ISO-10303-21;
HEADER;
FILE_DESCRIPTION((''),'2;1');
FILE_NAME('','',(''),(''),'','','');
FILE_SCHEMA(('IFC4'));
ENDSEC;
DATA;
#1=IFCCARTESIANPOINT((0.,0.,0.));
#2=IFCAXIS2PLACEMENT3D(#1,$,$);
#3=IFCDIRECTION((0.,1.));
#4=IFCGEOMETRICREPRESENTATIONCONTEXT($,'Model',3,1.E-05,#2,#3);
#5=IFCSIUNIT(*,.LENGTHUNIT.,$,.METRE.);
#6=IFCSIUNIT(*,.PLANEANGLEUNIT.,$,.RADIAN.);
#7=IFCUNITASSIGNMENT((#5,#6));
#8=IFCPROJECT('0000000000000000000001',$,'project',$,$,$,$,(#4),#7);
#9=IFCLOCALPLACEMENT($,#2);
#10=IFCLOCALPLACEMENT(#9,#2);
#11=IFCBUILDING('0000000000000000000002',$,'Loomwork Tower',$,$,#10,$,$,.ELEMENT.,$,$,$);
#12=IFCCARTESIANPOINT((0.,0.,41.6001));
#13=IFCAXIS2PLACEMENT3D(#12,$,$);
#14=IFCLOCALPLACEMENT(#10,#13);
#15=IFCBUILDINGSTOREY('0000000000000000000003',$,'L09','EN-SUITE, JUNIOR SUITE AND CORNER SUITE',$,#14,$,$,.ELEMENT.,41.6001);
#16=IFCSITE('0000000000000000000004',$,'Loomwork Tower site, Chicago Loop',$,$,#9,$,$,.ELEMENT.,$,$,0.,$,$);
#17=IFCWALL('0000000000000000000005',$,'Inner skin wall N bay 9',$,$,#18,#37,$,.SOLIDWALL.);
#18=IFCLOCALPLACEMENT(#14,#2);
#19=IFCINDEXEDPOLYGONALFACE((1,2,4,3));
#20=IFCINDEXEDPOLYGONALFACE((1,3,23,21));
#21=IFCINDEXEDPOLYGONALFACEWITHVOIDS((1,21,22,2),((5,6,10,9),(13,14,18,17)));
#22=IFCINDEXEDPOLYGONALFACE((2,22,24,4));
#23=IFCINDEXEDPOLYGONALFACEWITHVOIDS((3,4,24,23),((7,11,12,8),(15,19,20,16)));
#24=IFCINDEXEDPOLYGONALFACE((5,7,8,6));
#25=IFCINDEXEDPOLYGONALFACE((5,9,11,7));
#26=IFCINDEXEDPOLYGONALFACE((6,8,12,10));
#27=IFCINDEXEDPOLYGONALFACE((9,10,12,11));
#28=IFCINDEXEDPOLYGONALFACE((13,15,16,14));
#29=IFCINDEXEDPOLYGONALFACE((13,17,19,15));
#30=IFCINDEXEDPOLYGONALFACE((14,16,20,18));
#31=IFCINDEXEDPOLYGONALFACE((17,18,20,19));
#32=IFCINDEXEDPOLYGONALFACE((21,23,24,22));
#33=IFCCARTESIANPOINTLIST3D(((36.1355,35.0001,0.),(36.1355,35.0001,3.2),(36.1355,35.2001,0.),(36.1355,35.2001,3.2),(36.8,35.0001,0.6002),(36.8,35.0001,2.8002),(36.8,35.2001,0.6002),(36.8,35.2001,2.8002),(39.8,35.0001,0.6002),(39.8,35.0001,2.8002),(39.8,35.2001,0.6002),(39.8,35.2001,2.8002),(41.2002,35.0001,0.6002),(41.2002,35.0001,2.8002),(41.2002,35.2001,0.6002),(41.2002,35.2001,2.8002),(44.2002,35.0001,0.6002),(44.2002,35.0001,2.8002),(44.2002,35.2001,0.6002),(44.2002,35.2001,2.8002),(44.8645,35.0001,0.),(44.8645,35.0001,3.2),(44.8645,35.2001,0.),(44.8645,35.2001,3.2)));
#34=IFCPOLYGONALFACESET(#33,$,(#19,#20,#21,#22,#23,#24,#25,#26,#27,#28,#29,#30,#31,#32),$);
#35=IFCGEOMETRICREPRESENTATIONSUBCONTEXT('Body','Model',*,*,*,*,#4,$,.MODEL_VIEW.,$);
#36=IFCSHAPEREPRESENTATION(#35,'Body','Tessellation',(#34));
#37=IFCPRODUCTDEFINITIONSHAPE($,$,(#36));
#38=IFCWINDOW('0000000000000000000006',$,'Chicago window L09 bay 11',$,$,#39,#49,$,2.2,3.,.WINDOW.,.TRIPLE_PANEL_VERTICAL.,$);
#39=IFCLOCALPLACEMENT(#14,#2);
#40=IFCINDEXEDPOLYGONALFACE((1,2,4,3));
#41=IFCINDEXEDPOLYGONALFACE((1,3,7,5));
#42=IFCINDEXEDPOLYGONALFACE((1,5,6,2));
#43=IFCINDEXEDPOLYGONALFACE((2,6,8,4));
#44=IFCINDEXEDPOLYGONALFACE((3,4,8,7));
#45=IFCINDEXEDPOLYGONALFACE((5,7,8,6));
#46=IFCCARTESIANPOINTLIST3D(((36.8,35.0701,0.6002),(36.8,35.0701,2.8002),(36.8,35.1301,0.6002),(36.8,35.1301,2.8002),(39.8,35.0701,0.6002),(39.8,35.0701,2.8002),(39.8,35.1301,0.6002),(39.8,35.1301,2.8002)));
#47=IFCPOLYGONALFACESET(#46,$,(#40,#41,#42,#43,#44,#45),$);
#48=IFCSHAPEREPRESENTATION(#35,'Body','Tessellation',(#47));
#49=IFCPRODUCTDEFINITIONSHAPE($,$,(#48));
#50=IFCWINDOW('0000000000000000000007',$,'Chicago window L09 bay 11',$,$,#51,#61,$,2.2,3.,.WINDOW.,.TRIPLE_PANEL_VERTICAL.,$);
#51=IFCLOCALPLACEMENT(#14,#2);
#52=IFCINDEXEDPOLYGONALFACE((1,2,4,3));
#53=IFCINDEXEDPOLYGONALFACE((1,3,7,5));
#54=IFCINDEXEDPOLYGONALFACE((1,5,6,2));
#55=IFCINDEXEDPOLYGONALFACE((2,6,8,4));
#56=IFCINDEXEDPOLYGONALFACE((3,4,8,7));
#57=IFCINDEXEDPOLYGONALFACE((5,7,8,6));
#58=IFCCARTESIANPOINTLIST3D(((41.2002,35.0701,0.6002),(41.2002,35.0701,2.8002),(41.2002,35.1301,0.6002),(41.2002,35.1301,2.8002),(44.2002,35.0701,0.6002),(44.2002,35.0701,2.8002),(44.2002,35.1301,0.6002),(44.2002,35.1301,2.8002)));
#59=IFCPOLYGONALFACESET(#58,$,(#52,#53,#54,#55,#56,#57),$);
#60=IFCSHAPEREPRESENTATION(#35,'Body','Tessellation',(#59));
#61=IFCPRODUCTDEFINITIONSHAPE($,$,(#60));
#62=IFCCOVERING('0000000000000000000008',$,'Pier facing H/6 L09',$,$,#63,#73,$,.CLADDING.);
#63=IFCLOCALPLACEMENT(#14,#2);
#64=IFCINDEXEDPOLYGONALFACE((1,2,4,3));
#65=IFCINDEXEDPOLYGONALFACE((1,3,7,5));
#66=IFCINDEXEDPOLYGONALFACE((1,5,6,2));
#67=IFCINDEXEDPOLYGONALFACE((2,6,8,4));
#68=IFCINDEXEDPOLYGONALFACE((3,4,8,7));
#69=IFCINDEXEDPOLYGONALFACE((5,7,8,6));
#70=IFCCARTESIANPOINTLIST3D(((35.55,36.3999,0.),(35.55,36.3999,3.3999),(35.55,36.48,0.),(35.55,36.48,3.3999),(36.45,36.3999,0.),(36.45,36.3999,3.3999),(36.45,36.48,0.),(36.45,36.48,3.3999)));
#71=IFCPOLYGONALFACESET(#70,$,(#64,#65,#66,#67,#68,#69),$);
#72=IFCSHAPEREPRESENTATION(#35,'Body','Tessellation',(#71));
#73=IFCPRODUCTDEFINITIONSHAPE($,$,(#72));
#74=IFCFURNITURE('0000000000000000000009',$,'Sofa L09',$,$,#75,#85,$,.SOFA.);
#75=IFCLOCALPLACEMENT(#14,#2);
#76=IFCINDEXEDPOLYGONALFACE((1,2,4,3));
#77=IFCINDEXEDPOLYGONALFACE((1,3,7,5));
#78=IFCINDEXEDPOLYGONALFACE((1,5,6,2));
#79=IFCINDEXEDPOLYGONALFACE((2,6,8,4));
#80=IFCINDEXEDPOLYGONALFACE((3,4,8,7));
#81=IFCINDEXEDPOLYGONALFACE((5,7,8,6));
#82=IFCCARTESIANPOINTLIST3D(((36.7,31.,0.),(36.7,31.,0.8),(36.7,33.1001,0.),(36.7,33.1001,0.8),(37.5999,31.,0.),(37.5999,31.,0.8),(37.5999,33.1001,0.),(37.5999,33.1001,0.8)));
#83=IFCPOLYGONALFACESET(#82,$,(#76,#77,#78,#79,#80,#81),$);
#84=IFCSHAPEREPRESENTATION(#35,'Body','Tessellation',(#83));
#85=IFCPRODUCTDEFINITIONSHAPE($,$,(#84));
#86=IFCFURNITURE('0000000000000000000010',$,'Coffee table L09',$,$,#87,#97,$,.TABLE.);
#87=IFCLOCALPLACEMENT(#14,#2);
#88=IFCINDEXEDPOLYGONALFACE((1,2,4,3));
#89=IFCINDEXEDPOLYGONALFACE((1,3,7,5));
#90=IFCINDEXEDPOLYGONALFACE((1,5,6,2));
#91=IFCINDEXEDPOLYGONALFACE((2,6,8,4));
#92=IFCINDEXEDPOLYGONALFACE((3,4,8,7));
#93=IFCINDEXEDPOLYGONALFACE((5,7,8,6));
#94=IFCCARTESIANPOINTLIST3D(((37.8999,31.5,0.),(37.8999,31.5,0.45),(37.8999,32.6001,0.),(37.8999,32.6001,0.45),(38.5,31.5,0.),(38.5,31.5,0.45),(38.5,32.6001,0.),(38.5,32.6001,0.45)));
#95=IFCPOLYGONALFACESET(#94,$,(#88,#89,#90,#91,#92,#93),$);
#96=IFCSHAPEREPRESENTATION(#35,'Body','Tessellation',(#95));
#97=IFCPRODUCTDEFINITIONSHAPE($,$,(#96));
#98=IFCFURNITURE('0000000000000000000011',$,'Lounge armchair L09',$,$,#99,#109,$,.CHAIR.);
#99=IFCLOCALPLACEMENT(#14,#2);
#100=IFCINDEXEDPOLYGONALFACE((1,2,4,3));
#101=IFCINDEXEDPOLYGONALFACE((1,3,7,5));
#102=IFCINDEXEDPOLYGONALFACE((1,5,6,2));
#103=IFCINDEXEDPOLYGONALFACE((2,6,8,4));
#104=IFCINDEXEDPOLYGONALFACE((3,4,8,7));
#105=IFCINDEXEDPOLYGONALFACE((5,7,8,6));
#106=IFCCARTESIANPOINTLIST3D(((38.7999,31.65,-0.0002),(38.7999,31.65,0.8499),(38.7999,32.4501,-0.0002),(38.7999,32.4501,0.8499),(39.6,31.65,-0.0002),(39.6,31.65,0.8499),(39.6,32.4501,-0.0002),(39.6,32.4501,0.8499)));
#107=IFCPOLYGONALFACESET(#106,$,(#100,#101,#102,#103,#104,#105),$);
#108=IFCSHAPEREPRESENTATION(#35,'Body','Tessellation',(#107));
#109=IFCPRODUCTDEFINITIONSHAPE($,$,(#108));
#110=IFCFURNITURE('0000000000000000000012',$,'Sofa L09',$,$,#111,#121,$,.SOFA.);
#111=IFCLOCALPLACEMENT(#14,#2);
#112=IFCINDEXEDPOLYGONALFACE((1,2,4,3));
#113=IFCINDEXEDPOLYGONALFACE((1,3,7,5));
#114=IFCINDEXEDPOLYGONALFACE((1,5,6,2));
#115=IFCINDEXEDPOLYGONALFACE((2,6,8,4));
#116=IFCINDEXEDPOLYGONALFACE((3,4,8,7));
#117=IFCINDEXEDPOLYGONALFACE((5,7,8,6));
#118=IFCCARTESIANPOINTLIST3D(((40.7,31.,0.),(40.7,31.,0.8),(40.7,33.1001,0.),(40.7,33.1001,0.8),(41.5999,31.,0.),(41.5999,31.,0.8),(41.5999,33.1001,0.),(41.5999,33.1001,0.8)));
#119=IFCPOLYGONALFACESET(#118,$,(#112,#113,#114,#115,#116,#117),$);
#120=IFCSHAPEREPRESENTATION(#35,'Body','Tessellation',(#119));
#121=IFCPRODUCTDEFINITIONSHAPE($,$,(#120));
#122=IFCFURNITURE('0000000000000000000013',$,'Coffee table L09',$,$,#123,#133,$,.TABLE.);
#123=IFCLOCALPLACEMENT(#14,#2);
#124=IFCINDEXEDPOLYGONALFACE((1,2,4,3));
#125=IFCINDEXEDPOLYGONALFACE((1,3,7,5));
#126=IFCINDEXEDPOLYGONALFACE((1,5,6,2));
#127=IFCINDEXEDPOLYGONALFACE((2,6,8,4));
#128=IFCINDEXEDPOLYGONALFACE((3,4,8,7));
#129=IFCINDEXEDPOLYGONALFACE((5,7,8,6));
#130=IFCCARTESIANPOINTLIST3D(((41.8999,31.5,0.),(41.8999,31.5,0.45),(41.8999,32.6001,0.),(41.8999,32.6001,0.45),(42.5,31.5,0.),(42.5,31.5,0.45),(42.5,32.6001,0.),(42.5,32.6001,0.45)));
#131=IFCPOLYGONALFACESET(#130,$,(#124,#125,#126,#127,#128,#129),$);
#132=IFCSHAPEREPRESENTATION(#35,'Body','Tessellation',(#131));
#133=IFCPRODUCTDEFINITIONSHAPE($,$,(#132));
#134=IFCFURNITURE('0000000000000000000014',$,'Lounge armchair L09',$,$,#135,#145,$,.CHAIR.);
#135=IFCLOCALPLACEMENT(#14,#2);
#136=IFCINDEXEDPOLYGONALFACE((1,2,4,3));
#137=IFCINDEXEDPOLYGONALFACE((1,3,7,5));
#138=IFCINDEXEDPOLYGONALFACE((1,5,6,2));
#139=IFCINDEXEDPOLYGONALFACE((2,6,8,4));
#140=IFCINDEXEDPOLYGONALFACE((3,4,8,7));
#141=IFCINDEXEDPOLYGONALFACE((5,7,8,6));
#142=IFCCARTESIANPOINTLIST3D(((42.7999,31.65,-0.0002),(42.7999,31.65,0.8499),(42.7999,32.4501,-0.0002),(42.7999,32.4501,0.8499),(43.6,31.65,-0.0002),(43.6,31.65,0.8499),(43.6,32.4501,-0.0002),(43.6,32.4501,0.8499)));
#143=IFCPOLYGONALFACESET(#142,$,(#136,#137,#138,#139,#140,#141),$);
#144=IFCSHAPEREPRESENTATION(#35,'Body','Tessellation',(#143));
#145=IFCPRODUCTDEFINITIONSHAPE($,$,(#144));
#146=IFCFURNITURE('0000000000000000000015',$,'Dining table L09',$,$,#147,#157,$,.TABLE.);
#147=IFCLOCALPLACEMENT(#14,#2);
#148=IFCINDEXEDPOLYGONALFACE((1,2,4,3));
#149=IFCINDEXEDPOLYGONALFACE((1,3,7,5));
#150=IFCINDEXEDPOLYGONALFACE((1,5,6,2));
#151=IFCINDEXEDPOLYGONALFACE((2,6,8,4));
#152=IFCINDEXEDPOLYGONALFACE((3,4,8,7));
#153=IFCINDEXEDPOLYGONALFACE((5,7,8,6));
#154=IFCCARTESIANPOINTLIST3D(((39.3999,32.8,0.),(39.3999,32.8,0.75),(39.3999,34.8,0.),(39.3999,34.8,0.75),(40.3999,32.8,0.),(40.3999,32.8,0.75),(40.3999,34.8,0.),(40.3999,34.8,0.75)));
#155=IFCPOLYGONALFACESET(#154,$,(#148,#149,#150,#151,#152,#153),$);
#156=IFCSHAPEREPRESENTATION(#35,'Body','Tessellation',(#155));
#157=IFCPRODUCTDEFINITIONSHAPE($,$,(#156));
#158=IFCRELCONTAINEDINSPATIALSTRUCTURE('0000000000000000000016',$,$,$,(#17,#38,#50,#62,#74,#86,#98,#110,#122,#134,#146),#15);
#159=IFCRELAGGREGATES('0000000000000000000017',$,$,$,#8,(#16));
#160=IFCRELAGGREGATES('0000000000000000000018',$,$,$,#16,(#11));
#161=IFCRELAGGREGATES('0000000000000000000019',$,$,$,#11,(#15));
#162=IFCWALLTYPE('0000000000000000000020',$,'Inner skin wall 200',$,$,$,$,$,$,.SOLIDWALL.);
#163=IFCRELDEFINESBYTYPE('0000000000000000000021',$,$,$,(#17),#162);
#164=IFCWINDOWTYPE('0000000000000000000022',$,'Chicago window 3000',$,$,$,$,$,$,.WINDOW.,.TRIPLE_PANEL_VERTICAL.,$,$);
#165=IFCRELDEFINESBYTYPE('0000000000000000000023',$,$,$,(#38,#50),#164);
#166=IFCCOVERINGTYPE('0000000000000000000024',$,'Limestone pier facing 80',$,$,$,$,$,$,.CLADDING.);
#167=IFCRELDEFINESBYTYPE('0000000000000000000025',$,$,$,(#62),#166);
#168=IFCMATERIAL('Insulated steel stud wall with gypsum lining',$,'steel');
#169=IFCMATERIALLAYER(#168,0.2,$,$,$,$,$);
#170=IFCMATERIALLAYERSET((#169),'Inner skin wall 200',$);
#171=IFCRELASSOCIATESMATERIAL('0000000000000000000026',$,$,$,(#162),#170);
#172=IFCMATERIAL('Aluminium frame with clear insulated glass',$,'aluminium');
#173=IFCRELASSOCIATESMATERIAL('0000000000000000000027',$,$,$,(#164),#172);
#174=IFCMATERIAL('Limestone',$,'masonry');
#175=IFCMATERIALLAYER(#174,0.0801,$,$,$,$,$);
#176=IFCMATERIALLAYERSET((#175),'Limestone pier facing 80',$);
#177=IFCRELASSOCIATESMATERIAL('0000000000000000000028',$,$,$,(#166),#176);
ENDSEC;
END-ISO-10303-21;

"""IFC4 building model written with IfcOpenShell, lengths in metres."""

from ifc_helpers import new_model, si_unit, direction, frame, frame_2d, origin, origin_2d, place, context, subcontext, project, spatial, rectangle, extrude, material, layer, layer_set, type_object, element, fill, save


model = new_model("IFC4")

# Units and contexts
model_context = context("Model", 3, precision=1e-05, world=origin(), true_north=direction((0.0, 1.0)))
body_context = subcontext(model_context, "Body", "Model", "MODEL_VIEW")
ifc_project = project(units=[si_unit("LENGTHUNIT", "METRE"), si_unit("PLANEANGLEUNIT", "RADIAN")], contexts=[model_context])

# Site, building, storey
site_placement = place(None, origin())
site = spatial("IfcSite", under=ifc_project, at=site_placement, Name="Loomwork Tower site, Chicago Loop", CompositionType="ELEMENT", RefElevation=0.0)
building_placement = place(site_placement, origin())
building = spatial("IfcBuilding", under=site, at=building_placement, Name="Loomwork Tower", CompositionType="ELEMENT")
storey_placement = place(building_placement, frame((0.0, 0.0, 41.6001)))
storey = spatial("IfcBuildingStorey", under=building, at=storey_placement, Name="L09", Description="EN-SUITE, JUNIOR SUITE AND CORNER SUITE", CompositionType="ELEMENT", Elevation=41.6001)

# Shared definitions
ifc_material_1 = material(Name="Insulated steel stud wall with gypsum lining", Category="steel")
ifc_layer_1 = layer(ifc_material_1, 0.2)
ifc_layer_set_1 = layer_set([ifc_layer_1], Name="Inner skin wall 200")
wall_type = type_object("IfcWallType", Name="Inner skin wall 200", PredefinedType="SOLIDWALL", material=ifc_layer_set_1)

# Wall, openings, windows
wall_1_placement = place(storey_placement, frame((36.1355, 35.1001, 0.0), z_axis=(0.0, 0.0, 1.0), x_axis=(1.0, 0.0, 0.0)))
wall_1 = element("IfcWall", 1, at=wall_1_placement, inside=storey, type_object=wall_type, Name="Inner skin wall N bay 9", PredefinedType="SOLIDWALL", context=body_context, shape_type="SweptSolid", body=[
    extrude(rectangle(XDim=8.729, YDim=0.2, at=frame_2d((4.3645, 0.0))), origin(), (0.0, 0.0, 1.0), 3.2),
])
opening_1_placement = place(wall_1_placement, frame((0.6646, 0.0, 0.6001)))
opening_1 = element("IfcOpeningElement", 2, at=opening_1_placement, cuts=wall_1, PredefinedType="OPENING", context=body_context, shape_type="SweptSolid", body=[
    extrude(rectangle(XDim=3.0, YDim=2.2, at=frame_2d((1.5, 1.1001))), frame((0.0, 0.1099, 0.0), z_axis=(0.0, -1.0, 0.0), x_axis=(1.0, 0.0, 0.0)), (0.0, 0.0, 1.0), 0.22),
])
opening_2_placement = place(wall_1_placement, frame((5.0647, 0.0, 0.6001)))
opening_2 = element("IfcOpeningElement", 3, at=opening_2_placement, cuts=wall_1, PredefinedType="OPENING", context=body_context, shape_type="SweptSolid", body=[
    extrude(rectangle(XDim=3.0, YDim=2.2, at=frame_2d((1.5, 1.1001))), frame((0.0, 0.1099, 0.0), z_axis=(0.0, -1.0, 0.0), x_axis=(1.0, 0.0, 0.0)), (0.0, 0.0, 1.0), 0.22),
])
ifc_material_2 = material(Name="Aluminium frame with clear insulated glass", Category="aluminium")
window_type = type_object("IfcWindowType", Name="Chicago window 3000", PartitioningType="TRIPLE_PANEL_VERTICAL", PredefinedType="WINDOW", material=ifc_material_2)
window_1_placement = place(opening_1_placement, origin())
window_1 = element("IfcWindow", 4, at=window_1_placement, inside=storey, type_object=window_type, Name="Chicago window L09 bay 11", OverallHeight=2.2, OverallWidth=3.0, PartitioningType="TRIPLE_PANEL_VERTICAL", PredefinedType="WINDOW", context=body_context, shape_type="SweptSolid", body=[
    extrude(rectangle(XDim=3.0, YDim=2.2, at=frame_2d((1.5, 1.1001))), frame((0.0, 0.03, 0.0), z_axis=(0.0, -1.0, 0.0), x_axis=(1.0, 0.0, 0.0)), (0.0, 0.0, 1.0), 0.0601),
])
fill(opening_1, window_1)
window_2_placement = place(opening_2_placement, origin())
window_2 = element("IfcWindow", 5, at=window_2_placement, inside=storey, type_object=window_type, Name="Chicago window L09 bay 11", OverallHeight=2.2, OverallWidth=3.0, PartitioningType="TRIPLE_PANEL_VERTICAL", PredefinedType="WINDOW", context=body_context, shape_type="SweptSolid", body=[
    extrude(rectangle(XDim=3.0, YDim=2.2, at=frame_2d((1.5, 1.1001))), frame((0.0, 0.03, 0.0), z_axis=(0.0, -1.0, 0.0), x_axis=(1.0, 0.0, 0.0)), (0.0, 0.0, 1.0), 0.0601),
])
fill(opening_2, window_2)

# Covering
ifc_material_3 = material(Name="Limestone", Category="masonry")
ifc_layer_2 = layer(ifc_material_3, 0.0801)
ifc_layer_set_2 = layer_set([ifc_layer_2], Name="Limestone pier facing 80")
covering_type = type_object("IfcCoveringType", Name="Limestone pier facing 80", PredefinedType="CLADDING", material=ifc_layer_set_2)
covering_placement = place(storey_placement, frame((36.0, 36.4399, 0.0), z_axis=(0.0, 0.0, 1.0), x_axis=(1.0, 0.0, 0.0)))
element("IfcCovering", 6, at=covering_placement, inside=storey, type_object=covering_type, Name="Pier facing H/6 L09", PredefinedType="CLADDING", context=body_context, shape_type="SweptSolid", body=[
    extrude(rectangle(XDim=0.8999, YDim=0.0801, at=origin_2d()), origin(), (0.0, 0.0, 1.0), 3.3999),
])

# Furniture
furniture_1_placement = place(storey_placement, frame((37.1499, 32.05, 0.0), z_axis=(0.0, 0.0, 1.0), x_axis=(1.0, 0.0, 0.0)))
element("IfcFurniture", 7, at=furniture_1_placement, inside=storey, Name="Sofa L09", PredefinedType="SOFA", context=body_context, shape_type="SweptSolid", body=[
    extrude(rectangle(XDim=0.8999, YDim=2.1001, at=origin_2d()), origin(), (0.0, 0.0, 1.0), 0.8),
])
furniture_2_placement = place(storey_placement, frame((38.2, 32.05, 0.0), z_axis=(0.0, 0.0, 1.0), x_axis=(1.0, 0.0, 0.0)))
element("IfcFurniture", 8, at=furniture_2_placement, inside=storey, Name="Coffee table L09", PredefinedType="TABLE", context=body_context, shape_type="SweptSolid", body=[
    extrude(rectangle(XDim=0.6001, YDim=1.1001, at=origin_2d()), origin(), (0.0, 0.0, 1.0), 0.45),
])
furniture_3_placement = place(storey_placement, frame((39.2, 32.05, -0.0002), z_axis=(0.0, 0.0, 1.0), x_axis=(1.0, 0.0, 0.0)))
element("IfcFurniture", 9, at=furniture_3_placement, inside=storey, Name="Lounge armchair L09", PredefinedType="CHAIR", context=body_context, shape_type="SweptSolid", body=[
    extrude(rectangle(XDim=0.8, YDim=0.8, at=origin_2d()), origin(), (0.0, 0.0, 1.0), 0.8501),
])
furniture_4_placement = place(storey_placement, frame((41.1499, 32.05, 0.0), z_axis=(0.0, 0.0, 1.0), x_axis=(1.0, 0.0, 0.0)))
element("IfcFurniture", 10, at=furniture_4_placement, inside=storey, Name="Sofa L09", PredefinedType="SOFA", context=body_context, shape_type="SweptSolid", body=[
    extrude(rectangle(XDim=0.8999, YDim=2.1001, at=origin_2d()), origin(), (0.0, 0.0, 1.0), 0.8),
])
furniture_5_placement = place(storey_placement, frame((42.2, 32.05, 0.0), z_axis=(0.0, 0.0, 1.0), x_axis=(1.0, 0.0, 0.0)))
element("IfcFurniture", 11, at=furniture_5_placement, inside=storey, Name="Coffee table L09", PredefinedType="TABLE", context=body_context, shape_type="SweptSolid", body=[
    extrude(rectangle(XDim=0.6001, YDim=1.1001, at=origin_2d()), origin(), (0.0, 0.0, 1.0), 0.45),
])
furniture_6_placement = place(storey_placement, frame((43.2, 32.05, -0.0002), z_axis=(0.0, 0.0, 1.0), x_axis=(1.0, 0.0, 0.0)))
element("IfcFurniture", 12, at=furniture_6_placement, inside=storey, Name="Lounge armchair L09", PredefinedType="CHAIR", context=body_context, shape_type="SweptSolid", body=[
    extrude(rectangle(XDim=0.8, YDim=0.8, at=origin_2d()), origin(), (0.0, 0.0, 1.0), 0.8501),
])
furniture_7_placement = place(storey_placement, frame((39.8999, 33.8, 0.0), z_axis=(0.0, 0.0, 1.0), x_axis=(1.0, 0.0, 0.0)))
element("IfcFurniture", 13, at=furniture_7_placement, inside=storey, Name="Dining table L09", PredefinedType="TABLE", context=body_context, shape_type="SweptSolid", body=[
    extrude(rectangle(XDim=1.0, YDim=2.0, at=origin_2d()), origin(), (0.0, 0.0, 1.0), 0.75),
])

save(model, "model.ifc")
